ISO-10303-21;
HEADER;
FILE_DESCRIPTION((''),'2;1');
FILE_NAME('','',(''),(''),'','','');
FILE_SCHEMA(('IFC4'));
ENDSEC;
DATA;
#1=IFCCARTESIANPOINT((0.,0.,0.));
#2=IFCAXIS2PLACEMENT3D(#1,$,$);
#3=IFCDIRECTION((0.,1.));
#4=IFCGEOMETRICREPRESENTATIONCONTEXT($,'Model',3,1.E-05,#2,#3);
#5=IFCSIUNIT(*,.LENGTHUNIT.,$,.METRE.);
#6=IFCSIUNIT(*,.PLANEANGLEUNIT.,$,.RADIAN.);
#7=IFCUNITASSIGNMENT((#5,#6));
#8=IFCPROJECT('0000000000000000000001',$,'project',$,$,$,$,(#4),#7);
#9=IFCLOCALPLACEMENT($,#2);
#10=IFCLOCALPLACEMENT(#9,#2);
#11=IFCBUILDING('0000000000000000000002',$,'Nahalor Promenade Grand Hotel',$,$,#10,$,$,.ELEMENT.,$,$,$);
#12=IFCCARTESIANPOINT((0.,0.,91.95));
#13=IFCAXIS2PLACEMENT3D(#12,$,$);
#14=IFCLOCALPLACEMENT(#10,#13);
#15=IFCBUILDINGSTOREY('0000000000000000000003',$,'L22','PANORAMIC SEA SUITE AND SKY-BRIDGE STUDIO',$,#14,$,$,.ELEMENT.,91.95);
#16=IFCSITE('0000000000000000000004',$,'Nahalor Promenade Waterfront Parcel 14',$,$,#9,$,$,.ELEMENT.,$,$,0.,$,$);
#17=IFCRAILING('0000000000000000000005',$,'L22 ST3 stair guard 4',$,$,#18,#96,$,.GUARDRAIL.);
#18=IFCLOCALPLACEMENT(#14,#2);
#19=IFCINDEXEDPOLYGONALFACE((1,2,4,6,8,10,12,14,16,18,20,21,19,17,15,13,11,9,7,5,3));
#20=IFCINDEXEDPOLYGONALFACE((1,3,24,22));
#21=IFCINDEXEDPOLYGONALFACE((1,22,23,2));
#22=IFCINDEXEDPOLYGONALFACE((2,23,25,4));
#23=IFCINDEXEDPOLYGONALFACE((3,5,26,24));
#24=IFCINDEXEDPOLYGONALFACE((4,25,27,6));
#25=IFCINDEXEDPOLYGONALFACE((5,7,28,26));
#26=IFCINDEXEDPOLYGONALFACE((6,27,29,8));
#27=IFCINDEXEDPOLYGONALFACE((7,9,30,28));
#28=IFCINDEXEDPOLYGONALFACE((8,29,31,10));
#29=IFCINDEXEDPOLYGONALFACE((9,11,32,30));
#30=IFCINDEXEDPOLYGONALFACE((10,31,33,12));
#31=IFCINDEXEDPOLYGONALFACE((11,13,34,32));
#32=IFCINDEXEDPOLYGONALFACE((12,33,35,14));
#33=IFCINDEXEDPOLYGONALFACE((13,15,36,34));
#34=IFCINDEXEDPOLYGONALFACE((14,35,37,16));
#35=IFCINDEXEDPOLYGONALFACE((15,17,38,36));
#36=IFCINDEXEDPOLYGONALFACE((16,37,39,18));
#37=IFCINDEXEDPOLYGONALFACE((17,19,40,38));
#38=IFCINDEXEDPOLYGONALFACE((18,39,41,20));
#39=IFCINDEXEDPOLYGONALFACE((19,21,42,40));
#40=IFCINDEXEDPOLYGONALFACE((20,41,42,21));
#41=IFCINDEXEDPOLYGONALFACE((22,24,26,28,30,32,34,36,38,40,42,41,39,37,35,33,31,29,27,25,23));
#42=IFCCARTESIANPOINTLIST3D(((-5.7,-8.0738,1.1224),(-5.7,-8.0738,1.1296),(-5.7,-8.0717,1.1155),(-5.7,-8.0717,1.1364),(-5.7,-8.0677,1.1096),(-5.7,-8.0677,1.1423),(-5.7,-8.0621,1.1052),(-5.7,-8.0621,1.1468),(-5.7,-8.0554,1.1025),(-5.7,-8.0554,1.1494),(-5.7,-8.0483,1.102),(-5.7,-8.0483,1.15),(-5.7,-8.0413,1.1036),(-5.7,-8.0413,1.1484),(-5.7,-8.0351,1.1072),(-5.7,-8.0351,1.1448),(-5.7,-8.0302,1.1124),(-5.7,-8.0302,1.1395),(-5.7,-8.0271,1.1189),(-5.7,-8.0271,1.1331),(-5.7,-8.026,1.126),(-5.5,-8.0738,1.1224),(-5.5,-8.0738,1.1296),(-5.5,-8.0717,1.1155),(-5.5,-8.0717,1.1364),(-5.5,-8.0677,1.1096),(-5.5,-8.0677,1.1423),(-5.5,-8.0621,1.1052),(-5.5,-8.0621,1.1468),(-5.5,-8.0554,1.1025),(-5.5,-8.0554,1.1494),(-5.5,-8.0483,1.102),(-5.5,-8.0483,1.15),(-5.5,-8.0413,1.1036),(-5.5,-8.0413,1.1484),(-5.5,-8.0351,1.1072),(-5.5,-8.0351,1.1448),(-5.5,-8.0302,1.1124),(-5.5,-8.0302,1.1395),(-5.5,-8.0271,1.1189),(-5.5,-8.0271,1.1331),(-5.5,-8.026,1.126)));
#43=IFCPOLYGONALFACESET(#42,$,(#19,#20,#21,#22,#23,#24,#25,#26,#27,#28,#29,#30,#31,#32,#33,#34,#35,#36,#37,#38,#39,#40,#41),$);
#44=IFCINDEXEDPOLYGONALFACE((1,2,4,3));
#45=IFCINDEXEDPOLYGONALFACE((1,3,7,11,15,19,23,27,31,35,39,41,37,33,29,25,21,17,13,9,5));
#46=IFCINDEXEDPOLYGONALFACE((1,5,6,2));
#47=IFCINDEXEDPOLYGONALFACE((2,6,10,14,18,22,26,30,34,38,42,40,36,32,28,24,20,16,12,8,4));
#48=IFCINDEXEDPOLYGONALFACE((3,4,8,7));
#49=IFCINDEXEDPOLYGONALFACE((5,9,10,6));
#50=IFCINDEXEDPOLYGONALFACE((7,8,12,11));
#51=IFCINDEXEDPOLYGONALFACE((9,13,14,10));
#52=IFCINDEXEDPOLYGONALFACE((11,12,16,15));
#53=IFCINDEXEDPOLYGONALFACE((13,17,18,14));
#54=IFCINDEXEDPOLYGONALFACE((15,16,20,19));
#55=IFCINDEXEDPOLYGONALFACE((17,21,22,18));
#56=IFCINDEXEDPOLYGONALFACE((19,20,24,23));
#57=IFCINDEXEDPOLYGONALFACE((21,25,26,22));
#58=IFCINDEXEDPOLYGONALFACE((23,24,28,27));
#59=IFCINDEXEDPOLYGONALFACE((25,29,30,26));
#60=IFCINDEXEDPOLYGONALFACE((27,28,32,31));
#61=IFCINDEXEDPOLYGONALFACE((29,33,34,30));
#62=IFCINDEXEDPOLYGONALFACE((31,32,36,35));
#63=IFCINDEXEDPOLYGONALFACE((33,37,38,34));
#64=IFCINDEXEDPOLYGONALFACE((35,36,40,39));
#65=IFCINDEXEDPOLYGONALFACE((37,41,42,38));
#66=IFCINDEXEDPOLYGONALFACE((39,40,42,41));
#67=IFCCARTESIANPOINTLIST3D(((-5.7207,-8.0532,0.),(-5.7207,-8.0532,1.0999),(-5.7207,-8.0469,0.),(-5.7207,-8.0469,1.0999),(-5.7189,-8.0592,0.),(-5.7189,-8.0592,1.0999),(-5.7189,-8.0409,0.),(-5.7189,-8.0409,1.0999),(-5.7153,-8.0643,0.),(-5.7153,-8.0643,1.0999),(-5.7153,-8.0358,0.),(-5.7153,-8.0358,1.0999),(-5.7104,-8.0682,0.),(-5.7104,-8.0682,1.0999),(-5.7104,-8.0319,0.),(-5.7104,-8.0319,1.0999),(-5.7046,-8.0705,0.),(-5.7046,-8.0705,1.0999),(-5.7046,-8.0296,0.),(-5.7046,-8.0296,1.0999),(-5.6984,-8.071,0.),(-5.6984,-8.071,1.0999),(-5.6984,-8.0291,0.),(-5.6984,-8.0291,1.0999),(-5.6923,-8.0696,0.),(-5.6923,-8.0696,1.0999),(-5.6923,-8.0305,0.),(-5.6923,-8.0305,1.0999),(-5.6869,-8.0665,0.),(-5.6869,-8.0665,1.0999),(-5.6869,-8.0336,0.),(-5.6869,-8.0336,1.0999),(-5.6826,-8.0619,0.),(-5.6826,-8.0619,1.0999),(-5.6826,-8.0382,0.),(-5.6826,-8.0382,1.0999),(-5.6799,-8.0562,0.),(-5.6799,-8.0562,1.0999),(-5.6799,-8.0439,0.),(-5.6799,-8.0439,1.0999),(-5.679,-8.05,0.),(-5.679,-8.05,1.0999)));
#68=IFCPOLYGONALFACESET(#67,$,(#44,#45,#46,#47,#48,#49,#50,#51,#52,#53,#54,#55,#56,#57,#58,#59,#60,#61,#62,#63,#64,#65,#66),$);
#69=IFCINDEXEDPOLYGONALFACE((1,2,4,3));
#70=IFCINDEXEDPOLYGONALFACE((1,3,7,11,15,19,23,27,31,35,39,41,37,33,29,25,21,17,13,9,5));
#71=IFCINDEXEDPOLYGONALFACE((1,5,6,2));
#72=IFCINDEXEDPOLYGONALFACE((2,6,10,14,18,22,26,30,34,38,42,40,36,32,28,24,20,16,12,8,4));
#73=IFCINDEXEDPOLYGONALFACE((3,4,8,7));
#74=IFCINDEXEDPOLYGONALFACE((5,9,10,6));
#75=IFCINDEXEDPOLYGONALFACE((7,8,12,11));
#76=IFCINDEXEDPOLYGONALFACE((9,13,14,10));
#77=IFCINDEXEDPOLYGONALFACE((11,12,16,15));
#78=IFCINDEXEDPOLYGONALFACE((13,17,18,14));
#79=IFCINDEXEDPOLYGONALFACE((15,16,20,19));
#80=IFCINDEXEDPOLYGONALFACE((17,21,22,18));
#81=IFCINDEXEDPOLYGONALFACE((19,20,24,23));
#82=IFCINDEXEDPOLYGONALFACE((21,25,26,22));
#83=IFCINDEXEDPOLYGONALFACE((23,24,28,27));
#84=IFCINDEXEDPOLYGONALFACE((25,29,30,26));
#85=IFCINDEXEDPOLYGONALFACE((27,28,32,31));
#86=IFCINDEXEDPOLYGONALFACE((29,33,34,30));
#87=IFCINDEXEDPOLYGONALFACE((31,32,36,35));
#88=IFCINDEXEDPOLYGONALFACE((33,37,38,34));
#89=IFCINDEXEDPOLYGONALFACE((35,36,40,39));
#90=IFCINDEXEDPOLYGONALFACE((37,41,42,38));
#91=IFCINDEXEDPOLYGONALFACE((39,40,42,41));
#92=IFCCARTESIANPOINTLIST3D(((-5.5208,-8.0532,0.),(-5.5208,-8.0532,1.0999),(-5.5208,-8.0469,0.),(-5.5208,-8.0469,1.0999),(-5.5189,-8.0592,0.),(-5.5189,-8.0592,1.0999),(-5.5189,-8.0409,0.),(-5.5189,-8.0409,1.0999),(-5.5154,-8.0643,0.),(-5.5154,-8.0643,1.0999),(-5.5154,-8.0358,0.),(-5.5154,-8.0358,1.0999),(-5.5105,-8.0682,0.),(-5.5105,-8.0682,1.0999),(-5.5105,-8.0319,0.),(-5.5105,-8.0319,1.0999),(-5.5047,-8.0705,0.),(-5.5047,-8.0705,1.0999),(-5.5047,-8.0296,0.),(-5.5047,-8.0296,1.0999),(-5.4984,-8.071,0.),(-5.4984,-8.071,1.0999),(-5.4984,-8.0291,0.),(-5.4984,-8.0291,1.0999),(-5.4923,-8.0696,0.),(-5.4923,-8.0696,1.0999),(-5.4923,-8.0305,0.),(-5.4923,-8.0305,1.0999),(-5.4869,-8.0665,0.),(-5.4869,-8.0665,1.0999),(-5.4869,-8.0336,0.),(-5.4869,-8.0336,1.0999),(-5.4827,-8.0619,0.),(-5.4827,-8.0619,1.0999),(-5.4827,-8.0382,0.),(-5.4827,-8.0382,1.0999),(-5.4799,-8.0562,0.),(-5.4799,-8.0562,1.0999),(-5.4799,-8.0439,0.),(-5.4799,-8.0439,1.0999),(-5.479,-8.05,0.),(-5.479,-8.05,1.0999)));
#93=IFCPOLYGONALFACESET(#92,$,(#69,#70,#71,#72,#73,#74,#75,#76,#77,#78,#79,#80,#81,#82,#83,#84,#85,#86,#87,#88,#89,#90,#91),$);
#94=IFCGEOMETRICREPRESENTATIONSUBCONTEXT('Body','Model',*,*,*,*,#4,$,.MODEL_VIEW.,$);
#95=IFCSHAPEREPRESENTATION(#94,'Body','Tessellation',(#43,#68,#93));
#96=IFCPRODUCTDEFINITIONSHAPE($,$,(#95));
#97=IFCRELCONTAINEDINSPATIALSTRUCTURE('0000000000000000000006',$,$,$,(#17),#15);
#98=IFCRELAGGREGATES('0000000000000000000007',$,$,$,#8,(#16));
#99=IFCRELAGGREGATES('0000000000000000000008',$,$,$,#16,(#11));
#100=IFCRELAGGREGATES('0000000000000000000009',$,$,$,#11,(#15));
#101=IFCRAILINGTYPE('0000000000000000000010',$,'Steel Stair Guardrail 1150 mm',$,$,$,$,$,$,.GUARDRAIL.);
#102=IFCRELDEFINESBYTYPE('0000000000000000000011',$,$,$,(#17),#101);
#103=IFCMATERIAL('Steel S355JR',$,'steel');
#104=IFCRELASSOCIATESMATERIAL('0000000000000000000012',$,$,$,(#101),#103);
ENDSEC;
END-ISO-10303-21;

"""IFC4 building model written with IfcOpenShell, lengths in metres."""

from ifc_helpers import new_model, si_unit, direction, frame, origin, origin_2d, place, context, subcontext, project, spatial, circle, extrude, material, type_object, element, save


model = new_model("IFC4")

# Units and contexts
model_context = context("Model", 3, precision=1e-05, world=origin(), true_north=direction((0.0, 1.0)))
body_context = subcontext(model_context, "Body", "Model", "MODEL_VIEW")
ifc_project = project(units=[si_unit("LENGTHUNIT", "METRE"), si_unit("PLANEANGLEUNIT", "RADIAN")], contexts=[model_context])

# Site, building, storey
site_placement = place(None, origin())
site = spatial("IfcSite", under=ifc_project, at=site_placement, Name="Nahalor Promenade Waterfront Parcel 14", CompositionType="ELEMENT", RefElevation=0.0)
building_placement = place(site_placement, origin())
building = spatial("IfcBuilding", under=site, at=building_placement, Name="Nahalor Promenade Grand Hotel", CompositionType="ELEMENT")
storey_placement = place(building_placement, frame((0.0, 0.0, 91.95)))
storey = spatial("IfcBuildingStorey", under=building, at=storey_placement, Name="L22", Description="PANORAMIC SEA SUITE AND SKY-BRIDGE STUDIO", CompositionType="ELEMENT", Elevation=91.95)

# Shared definitions
ifc_material_1 = material(Name="Steel S355JR", Category="steel")

# Railing
railing_type_1 = type_object("IfcRailingType", Name="Steel Stair Guardrail 1150 mm", PredefinedType="GUARDRAIL", material=ifc_material_1)
railing_1_placement = place(storey_placement, frame((-5.7, -8.05, 0.0)))
element("IfcRailing", 1, at=railing_1_placement, inside=storey, type_object=railing_type_1, Name="L22 ST3 stair guard 4", PredefinedType="GUARDRAIL", context=body_context, shape_type="SweptSolid", body=[
    extrude(circle(Radius=0.024, at=origin_2d()), frame((0.0, 0.0, 1.126), z_axis=(1.0, 0.0, 0.0), x_axis=(0.0, 1.0, 0.0)), (0.0, 0.0, 1.0), 0.2),
    extrude(circle(Radius=0.021, at=origin_2d()), origin(), (0.0, 0.0, 1.0), 1.0999),
    extrude(circle(Radius=0.021, at=origin_2d()), frame((0.2, 0.0, 0.0)), (0.0, 0.0, 1.0), 1.0999),
])

save(model, "model.ifc")
